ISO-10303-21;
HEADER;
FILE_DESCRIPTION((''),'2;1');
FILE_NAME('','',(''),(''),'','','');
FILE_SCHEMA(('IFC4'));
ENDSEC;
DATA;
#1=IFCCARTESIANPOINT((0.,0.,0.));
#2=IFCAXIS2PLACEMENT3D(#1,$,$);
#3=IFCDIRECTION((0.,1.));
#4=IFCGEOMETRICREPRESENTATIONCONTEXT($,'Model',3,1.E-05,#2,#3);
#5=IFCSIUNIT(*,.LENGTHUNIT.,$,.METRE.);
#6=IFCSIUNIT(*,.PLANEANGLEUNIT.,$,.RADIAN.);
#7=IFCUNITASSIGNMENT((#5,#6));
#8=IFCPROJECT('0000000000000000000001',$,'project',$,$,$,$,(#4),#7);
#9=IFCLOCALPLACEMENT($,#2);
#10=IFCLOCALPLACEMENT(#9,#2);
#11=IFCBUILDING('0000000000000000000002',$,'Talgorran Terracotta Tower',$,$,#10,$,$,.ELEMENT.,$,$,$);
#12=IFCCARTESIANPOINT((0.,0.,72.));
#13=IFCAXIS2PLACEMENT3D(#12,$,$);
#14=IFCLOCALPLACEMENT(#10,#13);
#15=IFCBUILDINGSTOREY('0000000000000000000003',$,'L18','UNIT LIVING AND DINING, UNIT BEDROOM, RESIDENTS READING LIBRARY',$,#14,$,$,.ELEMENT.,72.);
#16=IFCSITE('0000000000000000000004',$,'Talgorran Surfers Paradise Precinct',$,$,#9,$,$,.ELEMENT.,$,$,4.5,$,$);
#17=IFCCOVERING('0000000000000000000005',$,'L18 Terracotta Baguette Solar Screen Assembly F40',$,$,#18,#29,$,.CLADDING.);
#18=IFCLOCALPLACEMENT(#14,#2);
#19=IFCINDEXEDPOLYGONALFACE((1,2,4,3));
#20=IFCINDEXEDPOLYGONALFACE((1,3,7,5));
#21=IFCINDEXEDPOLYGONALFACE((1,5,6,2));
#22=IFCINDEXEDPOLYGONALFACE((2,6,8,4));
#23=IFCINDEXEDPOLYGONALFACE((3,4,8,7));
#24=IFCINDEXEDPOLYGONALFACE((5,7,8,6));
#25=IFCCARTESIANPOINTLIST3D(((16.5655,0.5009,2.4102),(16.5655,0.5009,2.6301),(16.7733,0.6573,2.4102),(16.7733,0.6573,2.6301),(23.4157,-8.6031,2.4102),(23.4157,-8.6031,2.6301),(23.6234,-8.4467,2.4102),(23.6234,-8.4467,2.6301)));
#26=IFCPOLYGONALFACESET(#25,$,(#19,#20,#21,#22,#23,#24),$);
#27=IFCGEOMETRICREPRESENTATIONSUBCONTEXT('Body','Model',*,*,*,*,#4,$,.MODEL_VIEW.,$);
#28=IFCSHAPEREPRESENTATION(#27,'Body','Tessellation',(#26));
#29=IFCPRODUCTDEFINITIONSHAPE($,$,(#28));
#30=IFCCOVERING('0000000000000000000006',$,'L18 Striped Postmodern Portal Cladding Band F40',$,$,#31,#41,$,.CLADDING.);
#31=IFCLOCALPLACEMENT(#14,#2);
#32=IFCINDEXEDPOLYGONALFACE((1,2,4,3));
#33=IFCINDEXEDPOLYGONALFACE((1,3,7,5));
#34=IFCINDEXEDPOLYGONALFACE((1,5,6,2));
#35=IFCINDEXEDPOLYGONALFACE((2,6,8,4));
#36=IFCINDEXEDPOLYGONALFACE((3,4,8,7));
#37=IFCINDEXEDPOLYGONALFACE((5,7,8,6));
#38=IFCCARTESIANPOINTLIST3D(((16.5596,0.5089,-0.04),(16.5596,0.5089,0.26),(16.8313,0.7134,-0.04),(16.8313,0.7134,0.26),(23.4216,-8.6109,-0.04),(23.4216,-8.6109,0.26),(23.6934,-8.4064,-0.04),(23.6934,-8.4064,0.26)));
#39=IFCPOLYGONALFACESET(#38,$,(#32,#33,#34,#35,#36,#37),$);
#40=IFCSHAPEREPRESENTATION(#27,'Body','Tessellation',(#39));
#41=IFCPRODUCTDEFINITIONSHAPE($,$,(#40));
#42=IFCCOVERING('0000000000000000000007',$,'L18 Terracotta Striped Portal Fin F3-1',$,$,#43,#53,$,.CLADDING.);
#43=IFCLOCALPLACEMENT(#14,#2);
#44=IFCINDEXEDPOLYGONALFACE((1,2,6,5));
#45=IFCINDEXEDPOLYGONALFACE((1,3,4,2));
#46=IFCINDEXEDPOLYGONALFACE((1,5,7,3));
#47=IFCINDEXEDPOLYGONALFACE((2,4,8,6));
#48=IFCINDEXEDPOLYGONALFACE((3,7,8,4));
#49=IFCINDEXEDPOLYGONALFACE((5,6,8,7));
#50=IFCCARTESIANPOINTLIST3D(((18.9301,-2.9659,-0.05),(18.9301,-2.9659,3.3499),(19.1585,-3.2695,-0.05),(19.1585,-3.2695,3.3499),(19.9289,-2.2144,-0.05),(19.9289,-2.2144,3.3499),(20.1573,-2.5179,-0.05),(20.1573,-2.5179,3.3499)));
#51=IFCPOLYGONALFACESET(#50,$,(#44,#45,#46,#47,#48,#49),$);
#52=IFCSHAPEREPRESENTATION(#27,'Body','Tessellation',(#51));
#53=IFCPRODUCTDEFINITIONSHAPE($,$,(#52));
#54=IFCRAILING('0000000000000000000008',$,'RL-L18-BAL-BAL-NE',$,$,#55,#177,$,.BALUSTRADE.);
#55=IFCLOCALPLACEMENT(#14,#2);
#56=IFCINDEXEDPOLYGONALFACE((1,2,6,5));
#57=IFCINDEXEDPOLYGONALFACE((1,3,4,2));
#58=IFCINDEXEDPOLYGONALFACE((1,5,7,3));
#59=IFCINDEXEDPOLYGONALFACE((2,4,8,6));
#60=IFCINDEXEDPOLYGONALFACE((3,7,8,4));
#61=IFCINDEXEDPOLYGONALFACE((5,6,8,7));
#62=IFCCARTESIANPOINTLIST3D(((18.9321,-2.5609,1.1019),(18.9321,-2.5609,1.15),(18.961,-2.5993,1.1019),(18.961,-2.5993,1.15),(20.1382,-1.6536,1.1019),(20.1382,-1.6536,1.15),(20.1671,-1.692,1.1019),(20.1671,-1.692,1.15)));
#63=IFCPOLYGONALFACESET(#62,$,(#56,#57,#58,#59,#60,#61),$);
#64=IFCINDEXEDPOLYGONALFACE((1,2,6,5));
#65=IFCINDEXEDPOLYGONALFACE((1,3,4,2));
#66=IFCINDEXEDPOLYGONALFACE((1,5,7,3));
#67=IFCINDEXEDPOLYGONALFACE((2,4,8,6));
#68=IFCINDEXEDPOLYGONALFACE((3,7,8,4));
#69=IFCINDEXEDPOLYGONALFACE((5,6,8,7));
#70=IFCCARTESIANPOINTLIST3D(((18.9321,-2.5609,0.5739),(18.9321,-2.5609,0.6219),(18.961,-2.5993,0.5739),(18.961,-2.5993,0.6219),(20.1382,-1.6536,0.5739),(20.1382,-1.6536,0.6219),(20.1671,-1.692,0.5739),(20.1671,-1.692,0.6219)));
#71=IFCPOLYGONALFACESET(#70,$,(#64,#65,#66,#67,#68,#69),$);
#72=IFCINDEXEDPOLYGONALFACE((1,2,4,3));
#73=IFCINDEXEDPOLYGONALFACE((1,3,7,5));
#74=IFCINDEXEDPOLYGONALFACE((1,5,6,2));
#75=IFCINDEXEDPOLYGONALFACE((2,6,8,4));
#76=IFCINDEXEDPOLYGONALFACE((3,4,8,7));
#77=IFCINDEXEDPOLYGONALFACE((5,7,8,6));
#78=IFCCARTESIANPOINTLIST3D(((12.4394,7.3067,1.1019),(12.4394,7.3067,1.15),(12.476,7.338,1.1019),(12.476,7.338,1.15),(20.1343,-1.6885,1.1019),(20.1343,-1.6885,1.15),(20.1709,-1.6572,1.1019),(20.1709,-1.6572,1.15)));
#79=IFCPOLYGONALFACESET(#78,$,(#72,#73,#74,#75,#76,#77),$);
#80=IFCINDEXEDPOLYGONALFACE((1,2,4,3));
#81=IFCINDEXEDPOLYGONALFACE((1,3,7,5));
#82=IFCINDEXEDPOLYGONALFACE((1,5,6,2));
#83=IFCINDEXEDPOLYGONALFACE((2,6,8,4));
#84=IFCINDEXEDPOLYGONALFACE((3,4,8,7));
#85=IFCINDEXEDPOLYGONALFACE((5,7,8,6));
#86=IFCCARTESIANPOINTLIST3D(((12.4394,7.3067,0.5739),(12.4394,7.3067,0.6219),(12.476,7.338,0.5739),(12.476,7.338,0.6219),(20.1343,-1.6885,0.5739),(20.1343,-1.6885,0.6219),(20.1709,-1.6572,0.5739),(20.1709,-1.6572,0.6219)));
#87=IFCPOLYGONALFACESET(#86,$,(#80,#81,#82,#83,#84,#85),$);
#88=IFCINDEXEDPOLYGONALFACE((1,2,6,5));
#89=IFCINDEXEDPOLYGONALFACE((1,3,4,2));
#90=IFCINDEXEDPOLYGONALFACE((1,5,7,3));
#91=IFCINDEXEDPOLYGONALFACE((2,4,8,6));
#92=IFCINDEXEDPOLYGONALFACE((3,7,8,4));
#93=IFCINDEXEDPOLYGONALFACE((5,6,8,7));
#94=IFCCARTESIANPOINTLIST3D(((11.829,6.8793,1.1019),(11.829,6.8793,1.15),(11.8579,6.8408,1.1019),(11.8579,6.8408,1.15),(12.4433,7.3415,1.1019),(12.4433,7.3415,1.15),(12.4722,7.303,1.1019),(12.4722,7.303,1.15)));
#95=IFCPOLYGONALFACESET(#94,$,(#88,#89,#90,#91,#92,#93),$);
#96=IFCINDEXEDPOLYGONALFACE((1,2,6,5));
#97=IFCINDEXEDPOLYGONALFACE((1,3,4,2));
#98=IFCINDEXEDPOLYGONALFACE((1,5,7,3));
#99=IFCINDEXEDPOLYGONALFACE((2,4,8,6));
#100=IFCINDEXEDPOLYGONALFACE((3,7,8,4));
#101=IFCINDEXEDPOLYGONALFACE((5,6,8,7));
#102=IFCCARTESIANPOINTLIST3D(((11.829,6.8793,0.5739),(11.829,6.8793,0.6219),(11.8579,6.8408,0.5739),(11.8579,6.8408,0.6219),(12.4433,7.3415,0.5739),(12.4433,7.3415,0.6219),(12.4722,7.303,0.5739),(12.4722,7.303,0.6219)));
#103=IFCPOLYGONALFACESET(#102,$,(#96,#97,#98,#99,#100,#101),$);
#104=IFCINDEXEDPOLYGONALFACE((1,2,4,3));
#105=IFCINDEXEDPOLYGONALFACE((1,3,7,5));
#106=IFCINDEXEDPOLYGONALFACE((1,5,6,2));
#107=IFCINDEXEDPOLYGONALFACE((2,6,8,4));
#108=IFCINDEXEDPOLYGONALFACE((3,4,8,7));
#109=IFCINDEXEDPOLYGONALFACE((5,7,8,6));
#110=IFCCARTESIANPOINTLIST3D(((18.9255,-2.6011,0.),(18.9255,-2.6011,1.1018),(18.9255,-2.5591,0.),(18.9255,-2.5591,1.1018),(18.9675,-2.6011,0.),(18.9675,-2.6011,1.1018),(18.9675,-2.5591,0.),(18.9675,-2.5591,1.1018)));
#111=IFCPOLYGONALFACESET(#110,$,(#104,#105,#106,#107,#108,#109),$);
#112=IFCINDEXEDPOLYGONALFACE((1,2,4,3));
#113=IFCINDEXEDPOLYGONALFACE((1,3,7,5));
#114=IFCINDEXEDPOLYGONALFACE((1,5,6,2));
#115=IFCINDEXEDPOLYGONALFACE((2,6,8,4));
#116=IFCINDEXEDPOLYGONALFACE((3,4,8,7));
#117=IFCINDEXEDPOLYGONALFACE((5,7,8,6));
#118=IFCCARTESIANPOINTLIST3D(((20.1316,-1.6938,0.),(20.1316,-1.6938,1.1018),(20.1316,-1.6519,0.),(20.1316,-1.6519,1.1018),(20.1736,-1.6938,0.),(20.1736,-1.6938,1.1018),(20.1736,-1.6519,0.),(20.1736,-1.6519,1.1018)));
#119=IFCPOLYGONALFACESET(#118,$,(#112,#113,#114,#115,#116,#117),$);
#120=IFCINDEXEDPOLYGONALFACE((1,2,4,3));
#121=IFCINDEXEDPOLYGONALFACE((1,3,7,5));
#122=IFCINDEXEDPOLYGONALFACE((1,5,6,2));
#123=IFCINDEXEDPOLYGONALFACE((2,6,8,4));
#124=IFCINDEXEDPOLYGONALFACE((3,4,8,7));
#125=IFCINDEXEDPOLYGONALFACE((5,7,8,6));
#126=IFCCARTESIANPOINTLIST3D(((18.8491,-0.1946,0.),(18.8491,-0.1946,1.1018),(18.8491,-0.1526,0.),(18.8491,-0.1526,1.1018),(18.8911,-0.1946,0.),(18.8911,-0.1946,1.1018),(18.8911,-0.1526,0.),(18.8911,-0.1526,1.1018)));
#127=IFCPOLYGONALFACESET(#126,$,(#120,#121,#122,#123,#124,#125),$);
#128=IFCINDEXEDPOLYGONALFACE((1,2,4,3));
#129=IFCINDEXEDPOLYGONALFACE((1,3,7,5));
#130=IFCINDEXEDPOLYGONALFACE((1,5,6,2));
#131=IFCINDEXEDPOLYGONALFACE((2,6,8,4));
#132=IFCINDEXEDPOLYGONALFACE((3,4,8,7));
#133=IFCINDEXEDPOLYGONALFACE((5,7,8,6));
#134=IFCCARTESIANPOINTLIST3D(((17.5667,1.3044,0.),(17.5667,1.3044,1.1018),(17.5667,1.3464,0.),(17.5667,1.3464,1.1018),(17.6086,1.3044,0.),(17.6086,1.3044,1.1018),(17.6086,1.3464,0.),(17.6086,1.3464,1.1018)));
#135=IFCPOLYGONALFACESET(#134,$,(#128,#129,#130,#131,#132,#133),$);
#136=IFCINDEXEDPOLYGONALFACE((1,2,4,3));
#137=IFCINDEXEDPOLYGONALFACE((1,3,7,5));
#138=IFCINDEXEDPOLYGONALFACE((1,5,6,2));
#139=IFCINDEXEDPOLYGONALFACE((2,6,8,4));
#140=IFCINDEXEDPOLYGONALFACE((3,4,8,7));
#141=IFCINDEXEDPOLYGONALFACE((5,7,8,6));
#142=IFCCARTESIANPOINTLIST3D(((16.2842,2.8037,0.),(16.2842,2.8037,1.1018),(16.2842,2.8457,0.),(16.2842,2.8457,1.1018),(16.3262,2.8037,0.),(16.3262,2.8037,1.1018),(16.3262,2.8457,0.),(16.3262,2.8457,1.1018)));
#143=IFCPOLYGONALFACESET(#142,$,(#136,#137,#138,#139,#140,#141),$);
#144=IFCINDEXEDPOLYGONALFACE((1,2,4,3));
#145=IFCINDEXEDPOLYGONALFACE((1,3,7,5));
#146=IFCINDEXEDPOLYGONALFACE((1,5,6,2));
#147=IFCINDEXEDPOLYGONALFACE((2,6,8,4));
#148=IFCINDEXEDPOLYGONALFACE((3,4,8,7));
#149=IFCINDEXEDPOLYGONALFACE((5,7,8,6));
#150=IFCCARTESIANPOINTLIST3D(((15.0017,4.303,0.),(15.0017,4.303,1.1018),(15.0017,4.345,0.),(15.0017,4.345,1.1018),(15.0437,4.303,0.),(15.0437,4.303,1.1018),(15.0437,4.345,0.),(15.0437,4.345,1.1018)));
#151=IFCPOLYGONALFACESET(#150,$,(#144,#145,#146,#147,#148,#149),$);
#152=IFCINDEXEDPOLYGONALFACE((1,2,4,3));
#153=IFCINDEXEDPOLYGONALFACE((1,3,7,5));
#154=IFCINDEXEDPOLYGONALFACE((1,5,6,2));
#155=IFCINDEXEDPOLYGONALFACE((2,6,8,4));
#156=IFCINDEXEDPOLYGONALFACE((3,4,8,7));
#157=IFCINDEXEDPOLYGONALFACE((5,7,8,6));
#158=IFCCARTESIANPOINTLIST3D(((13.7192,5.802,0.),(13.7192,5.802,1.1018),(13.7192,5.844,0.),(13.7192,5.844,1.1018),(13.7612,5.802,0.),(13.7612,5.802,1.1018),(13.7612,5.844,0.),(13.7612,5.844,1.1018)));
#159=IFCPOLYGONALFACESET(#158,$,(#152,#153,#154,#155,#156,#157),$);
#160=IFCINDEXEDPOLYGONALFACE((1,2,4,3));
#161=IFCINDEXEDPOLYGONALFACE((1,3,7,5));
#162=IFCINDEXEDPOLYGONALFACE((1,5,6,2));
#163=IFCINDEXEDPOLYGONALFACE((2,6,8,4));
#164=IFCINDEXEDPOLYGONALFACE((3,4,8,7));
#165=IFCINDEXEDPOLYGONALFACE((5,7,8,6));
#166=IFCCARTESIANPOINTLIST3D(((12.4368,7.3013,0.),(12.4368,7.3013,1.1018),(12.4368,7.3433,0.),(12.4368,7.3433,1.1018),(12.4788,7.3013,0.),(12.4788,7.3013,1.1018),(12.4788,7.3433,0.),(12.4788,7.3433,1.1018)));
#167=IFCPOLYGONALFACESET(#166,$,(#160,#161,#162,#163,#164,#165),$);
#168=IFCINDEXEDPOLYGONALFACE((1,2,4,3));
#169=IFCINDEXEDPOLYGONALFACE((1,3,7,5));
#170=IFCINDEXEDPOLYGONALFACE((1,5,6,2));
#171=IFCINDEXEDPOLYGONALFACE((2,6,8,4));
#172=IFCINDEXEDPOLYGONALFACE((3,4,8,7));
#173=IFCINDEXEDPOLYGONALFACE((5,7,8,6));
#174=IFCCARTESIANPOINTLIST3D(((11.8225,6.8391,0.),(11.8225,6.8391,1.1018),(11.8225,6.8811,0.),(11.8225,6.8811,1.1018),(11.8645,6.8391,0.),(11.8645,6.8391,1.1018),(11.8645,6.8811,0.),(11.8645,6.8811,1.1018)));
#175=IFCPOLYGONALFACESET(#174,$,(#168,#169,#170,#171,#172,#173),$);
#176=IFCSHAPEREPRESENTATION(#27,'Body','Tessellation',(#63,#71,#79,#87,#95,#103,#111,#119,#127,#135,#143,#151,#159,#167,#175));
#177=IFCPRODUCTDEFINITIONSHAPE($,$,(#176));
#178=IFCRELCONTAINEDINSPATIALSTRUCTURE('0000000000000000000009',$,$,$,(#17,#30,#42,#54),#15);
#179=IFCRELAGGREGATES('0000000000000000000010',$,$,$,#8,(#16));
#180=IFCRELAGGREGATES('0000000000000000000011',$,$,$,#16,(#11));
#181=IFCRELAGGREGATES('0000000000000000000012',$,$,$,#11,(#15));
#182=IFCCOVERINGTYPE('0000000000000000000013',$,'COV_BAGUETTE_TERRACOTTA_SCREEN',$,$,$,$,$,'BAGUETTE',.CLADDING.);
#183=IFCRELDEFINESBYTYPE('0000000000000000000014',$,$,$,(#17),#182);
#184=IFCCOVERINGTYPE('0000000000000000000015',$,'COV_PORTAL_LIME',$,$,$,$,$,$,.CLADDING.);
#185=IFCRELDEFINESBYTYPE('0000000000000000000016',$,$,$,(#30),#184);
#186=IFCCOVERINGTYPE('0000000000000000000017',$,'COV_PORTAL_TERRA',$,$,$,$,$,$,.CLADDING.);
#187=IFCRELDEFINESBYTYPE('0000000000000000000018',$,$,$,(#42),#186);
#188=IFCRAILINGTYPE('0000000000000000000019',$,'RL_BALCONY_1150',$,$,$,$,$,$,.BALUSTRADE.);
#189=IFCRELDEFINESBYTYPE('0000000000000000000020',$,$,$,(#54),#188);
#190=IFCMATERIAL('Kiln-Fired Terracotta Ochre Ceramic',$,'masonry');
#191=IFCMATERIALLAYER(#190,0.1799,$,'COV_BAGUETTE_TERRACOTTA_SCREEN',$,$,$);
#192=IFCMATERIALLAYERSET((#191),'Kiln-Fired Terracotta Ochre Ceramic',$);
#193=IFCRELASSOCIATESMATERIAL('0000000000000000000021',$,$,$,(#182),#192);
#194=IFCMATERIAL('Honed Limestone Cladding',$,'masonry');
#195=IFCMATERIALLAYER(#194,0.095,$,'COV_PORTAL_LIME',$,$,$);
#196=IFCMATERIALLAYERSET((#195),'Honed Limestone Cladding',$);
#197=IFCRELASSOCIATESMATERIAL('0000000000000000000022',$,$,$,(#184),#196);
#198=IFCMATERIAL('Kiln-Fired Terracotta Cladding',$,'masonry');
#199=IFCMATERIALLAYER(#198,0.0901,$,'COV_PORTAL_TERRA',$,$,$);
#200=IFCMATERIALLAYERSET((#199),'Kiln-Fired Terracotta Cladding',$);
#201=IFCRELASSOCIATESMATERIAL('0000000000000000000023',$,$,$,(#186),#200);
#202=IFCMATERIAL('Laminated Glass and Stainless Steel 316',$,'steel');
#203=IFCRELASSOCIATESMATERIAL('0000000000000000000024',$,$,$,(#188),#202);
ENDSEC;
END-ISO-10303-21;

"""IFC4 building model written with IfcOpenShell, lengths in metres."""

from ifc_helpers import new_model, si_unit, direction, frame, origin, origin_2d, place, context, subcontext, project, spatial, rectangle, extrude, material, layer, layer_set, type_object, element, save


model = new_model("IFC4")

# Units and contexts
model_context = context("Model", 3, precision=1e-05, world=origin(), true_north=direction((0.0, 1.0)))
body_context = subcontext(model_context, "Body", "Model", "MODEL_VIEW")
ifc_project = project(units=[si_unit("LENGTHUNIT", "METRE"), si_unit("PLANEANGLEUNIT", "RADIAN")], contexts=[model_context])

# Site, building, storey
site_placement = place(None, origin())
site = spatial("IfcSite", under=ifc_project, at=site_placement, Name="Talgorran Surfers Paradise Precinct", CompositionType="ELEMENT", RefElevation=4.5)
building_placement = place(site_placement, origin())
building = spatial("IfcBuilding", under=site, at=building_placement, Name="Talgorran Terracotta Tower", CompositionType="ELEMENT")
storey_placement = place(building_placement, frame((0.0, 0.0, 72.0)))
storey = spatial("IfcBuildingStorey", under=building, at=storey_placement, Name="L18", Description="UNIT LIVING AND DINING, UNIT BEDROOM, RESIDENTS READING LIBRARY", CompositionType="ELEMENT", Elevation=72.0)

# Coverings
ifc_material_1 = material(Name="Kiln-Fired Terracotta Ochre Ceramic", Category="masonry")
ifc_layer_1 = layer(ifc_material_1, 0.1799, Name="COV_BAGUETTE_TERRACOTTA_SCREEN")
ifc_layer_set_1 = layer_set([ifc_layer_1], Name="Kiln-Fired Terracotta Ochre Ceramic")
covering_type_1 = type_object("IfcCoveringType", Name="COV_BAGUETTE_TERRACOTTA_SCREEN", ElementType="BAGUETTE", PredefinedType="CLADDING", material=ifc_layer_set_1)
covering_1_placement = place(storey_placement, frame((20.0945, -3.9729, 2.4102), z_axis=(0.0, 0.0, 1.0), x_axis=(-0.601243, 0.799066, 0.0)))
element("IfcCovering", 1, at=covering_1_placement, inside=storey, type_object=covering_type_1, Name="L18 Terracotta Baguette Solar Screen Assembly F40", PredefinedType="CLADDING", context=body_context, shape_type="SweptSolid", body=[
    extrude(rectangle(XDim=11.3933, YDim=0.26, at=origin_2d()), origin(), (0.0, 0.0, 1.0), 0.22),
])
ifc_material_2 = material(Name="Honed Limestone Cladding", Category="masonry")
ifc_layer_2 = layer(ifc_material_2, 0.095, Name="COV_PORTAL_LIME")
ifc_layer_set_2 = layer_set([ifc_layer_2], Name="Honed Limestone Cladding")
covering_type_2 = type_object("IfcCoveringType", Name="COV_PORTAL_LIME", PredefinedType="CLADDING", material=ifc_layer_set_2)
covering_2_placement = place(storey_placement, frame((20.1265, -3.9487, -0.04), z_axis=(0.0, 0.0, 1.0), x_axis=(-0.601243, 0.799066, 0.0)))
element("IfcCovering", 2, at=covering_2_placement, inside=storey, type_object=covering_type_2, Name="L18 Striped Postmodern Portal Cladding Band F40", PredefinedType="CLADDING", context=body_context, shape_type="SweptSolid", body=[
    extrude(rectangle(XDim=11.4131, YDim=0.3401, at=origin_2d()), origin(), (0.0, 0.0, 1.0), 0.3),
])
ifc_material_3 = material(Name="Kiln-Fired Terracotta Cladding", Category="masonry")
ifc_layer_3 = layer(ifc_material_3, 0.0901, Name="COV_PORTAL_TERRA")
ifc_layer_set_3 = layer_set([ifc_layer_3], Name="Kiln-Fired Terracotta Cladding")
covering_type_3 = type_object("IfcCoveringType", Name="COV_PORTAL_TERRA", PredefinedType="CLADDING", material=ifc_layer_set_3)
covering_3_placement = place(storey_placement, frame((19.5437, -2.7419, -0.05), z_axis=(0.0, 0.0, 1.0), x_axis=(-0.601243, 0.799066, 0.0)))
element("IfcCovering", 3, at=covering_3_placement, inside=storey, type_object=covering_type_3, Name="L18 Terracotta Striped Portal Fin F3-1", PredefinedType="CLADDING", context=body_context, shape_type="SweptSolid", body=[
    extrude(rectangle(XDim=0.3799, YDim=1.25, at=origin_2d()), origin(), (0.0, 0.0, 1.0), 3.3999),
])

# Railing
ifc_material_4 = material(Name="Laminated Glass and Stainless Steel 316", Category="steel")
railing_type = type_object("IfcRailingType", Name="RL_BALCONY_1150", PredefinedType="BALUSTRADE", material=ifc_material_4)
railing_placement = place(storey_placement, frame((18.9465, -2.5801, 0.0)))
element("IfcRailing", 4, at=railing_placement, inside=storey, type_object=railing_type, Name="RL-L18-BAL-BAL-NE", PredefinedType="BALUSTRADE", context=body_context, shape_type="SweptSolid", body=[
    extrude(rectangle(XDim=0.0481, YDim=0.0481, at=origin_2d()), frame((0.0, 0.0, 1.126), z_axis=(0.799145, 0.601138, 0.0), x_axis=(-0.601138, 0.799145, 0.0)), (0.0, 0.0, 1.0), 1.5093),
    extrude(rectangle(XDim=0.0481, YDim=0.0481, at=origin_2d()), frame((0.0, 0.0, 0.5979), z_axis=(0.799145, 0.601138, 0.0), x_axis=(-0.601138, 0.799145, 0.0)), (0.0, 0.0, 1.0), 1.5093),
    extrude(rectangle(XDim=0.0481, YDim=0.0481, at=origin_2d()), frame((1.2061, 0.9072, 1.126), z_axis=(-0.650047, 0.759894, 0.0), x_axis=(-0.759894, -0.650047, 0.0)), (0.0, 0.0, 1.0), 11.8374),
    extrude(rectangle(XDim=0.0481, YDim=0.0481, at=origin_2d()), frame((1.2061, 0.9072, 0.5979), z_axis=(-0.650047, 0.759894, 0.0), x_axis=(-0.759894, -0.650047, 0.0)), (0.0, 0.0, 1.0), 11.8374),
    extrude(rectangle(XDim=0.0481, YDim=0.0481, at=origin_2d()), frame((-6.4888, 9.9023, 1.126), z_axis=(-0.799084, -0.601219, 0.0), x_axis=(0.601219, -0.799084, 0.0)), (0.0, 0.0, 1.0), 0.7688),
    extrude(rectangle(XDim=0.0481, YDim=0.0481, at=origin_2d()), frame((-6.4888, 9.9023, 0.5979), z_axis=(-0.799084, -0.601219, 0.0), x_axis=(0.601219, -0.799084, 0.0)), (0.0, 0.0, 1.0), 0.7688),
    extrude(rectangle(XDim=0.042, YDim=0.042, at=origin_2d()), origin(), (0.0, 0.0, 1.0), 1.1018),
    extrude(rectangle(XDim=0.042, YDim=0.042, at=origin_2d()), frame((1.2061, 0.9072, 0.0)), (0.0, 0.0, 1.0), 1.1018),
    extrude(rectangle(XDim=0.042, YDim=0.042, at=origin_2d()), frame((-0.0764, 2.4065, 0.0)), (0.0, 0.0, 1.0), 1.1018),
    extrude(rectangle(XDim=0.042, YDim=0.042, at=origin_2d()), frame((-1.3589, 3.9055, 0.0)), (0.0, 0.0, 1.0), 1.1018),
    extrude(rectangle(XDim=0.042, YDim=0.042, at=origin_2d()), frame((-2.6414, 5.4048, 0.0)), (0.0, 0.0, 1.0), 1.1018),
    extrude(rectangle(XDim=0.042, YDim=0.042, at=origin_2d()), frame((-3.9238, 6.9041, 0.0)), (0.0, 0.0, 1.0), 1.1018),
    extrude(rectangle(XDim=0.042, YDim=0.042, at=origin_2d()), frame((-5.2063, 8.4031, 0.0)), (0.0, 0.0, 1.0), 1.1018),
    extrude(rectangle(XDim=0.042, YDim=0.042, at=origin_2d()), frame((-6.4888, 9.9023, 0.0)), (0.0, 0.0, 1.0), 1.1018),
    extrude(rectangle(XDim=0.042, YDim=0.042, at=origin_2d()), frame((-7.103, 9.4402, 0.0)), (0.0, 0.0, 1.0), 1.1018),
])

save(model, "model.ifc")
